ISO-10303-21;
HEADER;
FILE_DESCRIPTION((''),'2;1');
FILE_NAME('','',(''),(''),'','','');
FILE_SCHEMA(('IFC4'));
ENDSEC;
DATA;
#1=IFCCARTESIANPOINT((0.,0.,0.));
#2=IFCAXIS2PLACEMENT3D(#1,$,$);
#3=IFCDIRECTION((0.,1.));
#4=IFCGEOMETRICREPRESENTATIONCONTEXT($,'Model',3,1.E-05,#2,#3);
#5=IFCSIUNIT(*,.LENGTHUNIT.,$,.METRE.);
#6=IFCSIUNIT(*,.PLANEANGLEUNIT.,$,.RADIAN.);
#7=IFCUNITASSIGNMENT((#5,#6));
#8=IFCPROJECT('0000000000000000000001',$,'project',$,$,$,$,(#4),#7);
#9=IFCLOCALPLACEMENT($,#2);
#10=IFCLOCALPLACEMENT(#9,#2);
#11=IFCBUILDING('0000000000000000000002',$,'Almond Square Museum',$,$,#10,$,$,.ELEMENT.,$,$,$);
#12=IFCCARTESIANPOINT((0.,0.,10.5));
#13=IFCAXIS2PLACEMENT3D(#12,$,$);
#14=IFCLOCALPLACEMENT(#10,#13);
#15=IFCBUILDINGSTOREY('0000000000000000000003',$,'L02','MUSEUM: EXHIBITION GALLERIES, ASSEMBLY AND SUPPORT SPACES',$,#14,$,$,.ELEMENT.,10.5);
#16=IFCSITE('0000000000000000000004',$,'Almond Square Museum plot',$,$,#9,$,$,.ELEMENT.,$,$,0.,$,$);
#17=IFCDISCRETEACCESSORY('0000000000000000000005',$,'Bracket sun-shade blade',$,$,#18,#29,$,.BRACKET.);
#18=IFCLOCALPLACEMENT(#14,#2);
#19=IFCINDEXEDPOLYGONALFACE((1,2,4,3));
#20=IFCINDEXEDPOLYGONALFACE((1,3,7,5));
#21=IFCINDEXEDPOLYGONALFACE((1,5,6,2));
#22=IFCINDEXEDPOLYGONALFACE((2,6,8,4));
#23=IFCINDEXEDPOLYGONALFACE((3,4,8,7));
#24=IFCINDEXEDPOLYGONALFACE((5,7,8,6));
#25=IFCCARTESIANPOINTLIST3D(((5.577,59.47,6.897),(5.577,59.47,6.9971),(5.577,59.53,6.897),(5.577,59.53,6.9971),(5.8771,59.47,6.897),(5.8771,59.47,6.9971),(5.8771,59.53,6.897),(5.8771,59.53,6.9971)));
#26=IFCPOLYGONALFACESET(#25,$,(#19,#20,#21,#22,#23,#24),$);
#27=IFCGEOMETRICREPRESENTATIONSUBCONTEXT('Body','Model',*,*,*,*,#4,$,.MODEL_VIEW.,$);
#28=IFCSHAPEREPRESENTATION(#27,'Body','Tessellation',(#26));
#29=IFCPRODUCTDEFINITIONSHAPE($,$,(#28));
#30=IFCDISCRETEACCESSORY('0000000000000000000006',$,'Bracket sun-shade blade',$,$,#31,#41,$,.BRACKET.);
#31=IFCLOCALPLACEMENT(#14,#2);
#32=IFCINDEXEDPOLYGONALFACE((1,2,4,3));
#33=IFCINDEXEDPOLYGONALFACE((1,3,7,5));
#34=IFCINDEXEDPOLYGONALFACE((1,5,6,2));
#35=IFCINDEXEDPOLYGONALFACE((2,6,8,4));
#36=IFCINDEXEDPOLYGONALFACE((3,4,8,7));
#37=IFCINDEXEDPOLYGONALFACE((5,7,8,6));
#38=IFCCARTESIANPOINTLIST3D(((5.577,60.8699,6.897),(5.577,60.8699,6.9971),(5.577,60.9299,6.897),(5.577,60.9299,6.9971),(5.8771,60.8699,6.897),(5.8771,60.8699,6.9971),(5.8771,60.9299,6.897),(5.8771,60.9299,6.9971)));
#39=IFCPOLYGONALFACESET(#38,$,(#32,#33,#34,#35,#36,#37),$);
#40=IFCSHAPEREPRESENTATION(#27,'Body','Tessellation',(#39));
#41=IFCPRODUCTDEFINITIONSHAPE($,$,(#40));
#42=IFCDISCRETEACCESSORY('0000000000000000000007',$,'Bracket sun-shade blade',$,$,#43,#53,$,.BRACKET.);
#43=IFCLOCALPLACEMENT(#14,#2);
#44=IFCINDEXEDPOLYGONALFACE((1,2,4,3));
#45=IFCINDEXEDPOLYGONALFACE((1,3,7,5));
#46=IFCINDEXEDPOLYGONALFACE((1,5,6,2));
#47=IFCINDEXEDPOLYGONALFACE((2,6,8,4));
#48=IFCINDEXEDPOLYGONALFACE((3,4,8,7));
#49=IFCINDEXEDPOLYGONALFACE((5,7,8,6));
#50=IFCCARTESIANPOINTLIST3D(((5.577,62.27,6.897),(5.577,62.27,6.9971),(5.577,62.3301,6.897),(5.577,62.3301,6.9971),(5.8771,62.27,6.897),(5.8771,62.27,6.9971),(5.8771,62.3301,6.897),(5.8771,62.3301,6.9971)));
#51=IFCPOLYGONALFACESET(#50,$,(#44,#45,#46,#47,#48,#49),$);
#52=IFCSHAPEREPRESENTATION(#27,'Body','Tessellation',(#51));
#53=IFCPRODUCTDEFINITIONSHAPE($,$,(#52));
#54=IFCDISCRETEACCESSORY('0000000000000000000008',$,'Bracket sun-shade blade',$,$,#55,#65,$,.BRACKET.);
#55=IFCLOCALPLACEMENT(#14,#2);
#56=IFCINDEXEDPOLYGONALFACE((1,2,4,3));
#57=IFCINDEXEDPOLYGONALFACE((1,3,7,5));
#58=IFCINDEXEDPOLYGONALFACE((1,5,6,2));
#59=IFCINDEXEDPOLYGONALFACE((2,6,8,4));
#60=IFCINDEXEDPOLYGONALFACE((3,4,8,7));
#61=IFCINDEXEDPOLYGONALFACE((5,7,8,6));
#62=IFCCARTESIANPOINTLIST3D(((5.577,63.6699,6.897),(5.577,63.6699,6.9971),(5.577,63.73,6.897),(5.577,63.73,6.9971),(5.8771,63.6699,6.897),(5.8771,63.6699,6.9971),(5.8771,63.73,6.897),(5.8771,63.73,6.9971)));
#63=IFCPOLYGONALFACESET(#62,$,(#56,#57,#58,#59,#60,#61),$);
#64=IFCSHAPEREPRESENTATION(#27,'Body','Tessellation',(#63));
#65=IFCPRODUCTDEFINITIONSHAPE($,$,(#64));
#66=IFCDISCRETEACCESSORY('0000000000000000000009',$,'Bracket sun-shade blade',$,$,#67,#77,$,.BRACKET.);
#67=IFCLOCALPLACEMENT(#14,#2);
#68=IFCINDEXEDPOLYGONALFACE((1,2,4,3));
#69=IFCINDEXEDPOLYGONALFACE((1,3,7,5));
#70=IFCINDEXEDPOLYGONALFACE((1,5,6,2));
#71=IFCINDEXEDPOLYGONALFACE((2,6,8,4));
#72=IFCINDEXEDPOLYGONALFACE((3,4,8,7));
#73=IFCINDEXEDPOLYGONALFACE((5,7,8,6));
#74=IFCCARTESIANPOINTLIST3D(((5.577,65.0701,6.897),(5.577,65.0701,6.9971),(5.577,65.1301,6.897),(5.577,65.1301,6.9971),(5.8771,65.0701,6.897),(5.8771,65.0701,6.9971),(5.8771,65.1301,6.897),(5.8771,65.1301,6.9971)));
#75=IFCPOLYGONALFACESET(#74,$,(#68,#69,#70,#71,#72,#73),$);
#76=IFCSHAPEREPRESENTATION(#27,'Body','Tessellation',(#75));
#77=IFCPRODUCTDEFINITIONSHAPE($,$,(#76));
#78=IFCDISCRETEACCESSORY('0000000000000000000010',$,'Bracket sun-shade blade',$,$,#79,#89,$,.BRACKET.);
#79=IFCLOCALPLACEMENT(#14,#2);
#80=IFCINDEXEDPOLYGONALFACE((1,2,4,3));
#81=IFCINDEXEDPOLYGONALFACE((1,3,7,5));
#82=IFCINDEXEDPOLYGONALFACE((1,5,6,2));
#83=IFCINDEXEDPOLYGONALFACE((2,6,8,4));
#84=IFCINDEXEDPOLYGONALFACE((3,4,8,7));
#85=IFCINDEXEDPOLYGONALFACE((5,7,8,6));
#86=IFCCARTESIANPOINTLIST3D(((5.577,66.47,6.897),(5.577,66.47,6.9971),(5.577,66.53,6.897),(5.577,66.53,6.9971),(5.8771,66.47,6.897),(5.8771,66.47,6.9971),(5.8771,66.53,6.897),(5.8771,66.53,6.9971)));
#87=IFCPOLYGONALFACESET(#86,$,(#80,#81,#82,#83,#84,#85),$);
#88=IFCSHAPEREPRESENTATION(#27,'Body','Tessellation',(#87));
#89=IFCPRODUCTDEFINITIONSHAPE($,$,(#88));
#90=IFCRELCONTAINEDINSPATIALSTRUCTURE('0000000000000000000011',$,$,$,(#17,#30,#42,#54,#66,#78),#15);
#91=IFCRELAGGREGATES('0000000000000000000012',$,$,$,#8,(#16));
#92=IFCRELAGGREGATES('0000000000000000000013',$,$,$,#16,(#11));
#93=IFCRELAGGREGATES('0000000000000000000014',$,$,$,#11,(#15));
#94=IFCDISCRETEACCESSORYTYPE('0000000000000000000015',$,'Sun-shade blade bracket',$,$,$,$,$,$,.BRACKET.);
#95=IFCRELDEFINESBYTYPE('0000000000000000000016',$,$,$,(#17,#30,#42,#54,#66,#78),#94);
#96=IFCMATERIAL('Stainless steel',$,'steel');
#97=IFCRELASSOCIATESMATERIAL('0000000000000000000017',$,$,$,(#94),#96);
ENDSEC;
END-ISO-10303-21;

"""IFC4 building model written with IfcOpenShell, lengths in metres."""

from ifc_helpers import new_model, si_unit, direction, frame, origin, origin_2d, place, context, subcontext, project, spatial, rectangle, extrude, material, type_object, element, save


model = new_model("IFC4")

# Units and contexts
model_context = context("Model", 3, precision=1e-05, world=origin(), true_north=direction((0.0, 1.0)))
body_context = subcontext(model_context, "Body", "Model", "MODEL_VIEW")
ifc_project = project(units=[si_unit("LENGTHUNIT", "METRE"), si_unit("PLANEANGLEUNIT", "RADIAN")], contexts=[model_context])

# Site, building, storey
site_placement = place(None, origin())
site = spatial("IfcSite", under=ifc_project, at=site_placement, Name="Almond Square Museum plot", CompositionType="ELEMENT", RefElevation=0.0)
building_placement = place(site_placement, origin())
building = spatial("IfcBuilding", under=site, at=building_placement, Name="Almond Square Museum", CompositionType="ELEMENT")
storey_placement = place(building_placement, frame((0.0, 0.0, 10.5)))
storey = spatial("IfcBuildingStorey", under=building, at=storey_placement, Name="L02", Description="MUSEUM: EXHIBITION GALLERIES, ASSEMBLY AND SUPPORT SPACES", CompositionType="ELEMENT", Elevation=10.5)

# Discrete accessories
ifc_material_1 = material(Name="Stainless steel", Category="steel")
discrete_accessory_type = type_object("IfcDiscreteAccessoryType", Name="Sun-shade blade bracket", PredefinedType="BRACKET", material=ifc_material_1)
for number, where, z_axis, x_axis, name in (
    (1, (5.7271, 59.5, 6.897), (0.0, 0.0, 1.0), (1.0, 0.0, 0.0), "Bracket sun-shade blade"),
    (2, (5.7271, 60.8999, 6.897), (0.0, 0.0, 1.0), (1.0, 0.0, 0.0), "Bracket sun-shade blade"),
    (3, (5.7271, 62.3, 6.897), (0.0, 0.0, 1.0), (1.0, 0.0, 0.0), "Bracket sun-shade blade"),
    (4, (5.7271, 63.7, 6.897), (0.0, 0.0, 1.0), (1.0, 0.0, 0.0), "Bracket sun-shade blade"),
    (5, (5.7271, 65.1001, 6.897), (0.0, 0.0, 1.0), (1.0, 0.0, 0.0), "Bracket sun-shade blade"),
    (6, (5.7271, 66.5, 6.897), (0.0, 0.0, 1.0), (1.0, 0.0, 0.0), "Bracket sun-shade blade"),
):
    element("IfcDiscreteAccessory", number, at=place(storey_placement, frame(where, z_axis=z_axis, x_axis=x_axis)), inside=storey, type_object=discrete_accessory_type, Name=name, PredefinedType="BRACKET", context=body_context, shape_type="SweptSolid", body=[
        extrude(rectangle(XDim=0.3, YDim=0.0601, at=origin_2d()), origin(), (0.0, 0.0, 1.0), 0.1001),
    ])

save(model, "model.ifc")
